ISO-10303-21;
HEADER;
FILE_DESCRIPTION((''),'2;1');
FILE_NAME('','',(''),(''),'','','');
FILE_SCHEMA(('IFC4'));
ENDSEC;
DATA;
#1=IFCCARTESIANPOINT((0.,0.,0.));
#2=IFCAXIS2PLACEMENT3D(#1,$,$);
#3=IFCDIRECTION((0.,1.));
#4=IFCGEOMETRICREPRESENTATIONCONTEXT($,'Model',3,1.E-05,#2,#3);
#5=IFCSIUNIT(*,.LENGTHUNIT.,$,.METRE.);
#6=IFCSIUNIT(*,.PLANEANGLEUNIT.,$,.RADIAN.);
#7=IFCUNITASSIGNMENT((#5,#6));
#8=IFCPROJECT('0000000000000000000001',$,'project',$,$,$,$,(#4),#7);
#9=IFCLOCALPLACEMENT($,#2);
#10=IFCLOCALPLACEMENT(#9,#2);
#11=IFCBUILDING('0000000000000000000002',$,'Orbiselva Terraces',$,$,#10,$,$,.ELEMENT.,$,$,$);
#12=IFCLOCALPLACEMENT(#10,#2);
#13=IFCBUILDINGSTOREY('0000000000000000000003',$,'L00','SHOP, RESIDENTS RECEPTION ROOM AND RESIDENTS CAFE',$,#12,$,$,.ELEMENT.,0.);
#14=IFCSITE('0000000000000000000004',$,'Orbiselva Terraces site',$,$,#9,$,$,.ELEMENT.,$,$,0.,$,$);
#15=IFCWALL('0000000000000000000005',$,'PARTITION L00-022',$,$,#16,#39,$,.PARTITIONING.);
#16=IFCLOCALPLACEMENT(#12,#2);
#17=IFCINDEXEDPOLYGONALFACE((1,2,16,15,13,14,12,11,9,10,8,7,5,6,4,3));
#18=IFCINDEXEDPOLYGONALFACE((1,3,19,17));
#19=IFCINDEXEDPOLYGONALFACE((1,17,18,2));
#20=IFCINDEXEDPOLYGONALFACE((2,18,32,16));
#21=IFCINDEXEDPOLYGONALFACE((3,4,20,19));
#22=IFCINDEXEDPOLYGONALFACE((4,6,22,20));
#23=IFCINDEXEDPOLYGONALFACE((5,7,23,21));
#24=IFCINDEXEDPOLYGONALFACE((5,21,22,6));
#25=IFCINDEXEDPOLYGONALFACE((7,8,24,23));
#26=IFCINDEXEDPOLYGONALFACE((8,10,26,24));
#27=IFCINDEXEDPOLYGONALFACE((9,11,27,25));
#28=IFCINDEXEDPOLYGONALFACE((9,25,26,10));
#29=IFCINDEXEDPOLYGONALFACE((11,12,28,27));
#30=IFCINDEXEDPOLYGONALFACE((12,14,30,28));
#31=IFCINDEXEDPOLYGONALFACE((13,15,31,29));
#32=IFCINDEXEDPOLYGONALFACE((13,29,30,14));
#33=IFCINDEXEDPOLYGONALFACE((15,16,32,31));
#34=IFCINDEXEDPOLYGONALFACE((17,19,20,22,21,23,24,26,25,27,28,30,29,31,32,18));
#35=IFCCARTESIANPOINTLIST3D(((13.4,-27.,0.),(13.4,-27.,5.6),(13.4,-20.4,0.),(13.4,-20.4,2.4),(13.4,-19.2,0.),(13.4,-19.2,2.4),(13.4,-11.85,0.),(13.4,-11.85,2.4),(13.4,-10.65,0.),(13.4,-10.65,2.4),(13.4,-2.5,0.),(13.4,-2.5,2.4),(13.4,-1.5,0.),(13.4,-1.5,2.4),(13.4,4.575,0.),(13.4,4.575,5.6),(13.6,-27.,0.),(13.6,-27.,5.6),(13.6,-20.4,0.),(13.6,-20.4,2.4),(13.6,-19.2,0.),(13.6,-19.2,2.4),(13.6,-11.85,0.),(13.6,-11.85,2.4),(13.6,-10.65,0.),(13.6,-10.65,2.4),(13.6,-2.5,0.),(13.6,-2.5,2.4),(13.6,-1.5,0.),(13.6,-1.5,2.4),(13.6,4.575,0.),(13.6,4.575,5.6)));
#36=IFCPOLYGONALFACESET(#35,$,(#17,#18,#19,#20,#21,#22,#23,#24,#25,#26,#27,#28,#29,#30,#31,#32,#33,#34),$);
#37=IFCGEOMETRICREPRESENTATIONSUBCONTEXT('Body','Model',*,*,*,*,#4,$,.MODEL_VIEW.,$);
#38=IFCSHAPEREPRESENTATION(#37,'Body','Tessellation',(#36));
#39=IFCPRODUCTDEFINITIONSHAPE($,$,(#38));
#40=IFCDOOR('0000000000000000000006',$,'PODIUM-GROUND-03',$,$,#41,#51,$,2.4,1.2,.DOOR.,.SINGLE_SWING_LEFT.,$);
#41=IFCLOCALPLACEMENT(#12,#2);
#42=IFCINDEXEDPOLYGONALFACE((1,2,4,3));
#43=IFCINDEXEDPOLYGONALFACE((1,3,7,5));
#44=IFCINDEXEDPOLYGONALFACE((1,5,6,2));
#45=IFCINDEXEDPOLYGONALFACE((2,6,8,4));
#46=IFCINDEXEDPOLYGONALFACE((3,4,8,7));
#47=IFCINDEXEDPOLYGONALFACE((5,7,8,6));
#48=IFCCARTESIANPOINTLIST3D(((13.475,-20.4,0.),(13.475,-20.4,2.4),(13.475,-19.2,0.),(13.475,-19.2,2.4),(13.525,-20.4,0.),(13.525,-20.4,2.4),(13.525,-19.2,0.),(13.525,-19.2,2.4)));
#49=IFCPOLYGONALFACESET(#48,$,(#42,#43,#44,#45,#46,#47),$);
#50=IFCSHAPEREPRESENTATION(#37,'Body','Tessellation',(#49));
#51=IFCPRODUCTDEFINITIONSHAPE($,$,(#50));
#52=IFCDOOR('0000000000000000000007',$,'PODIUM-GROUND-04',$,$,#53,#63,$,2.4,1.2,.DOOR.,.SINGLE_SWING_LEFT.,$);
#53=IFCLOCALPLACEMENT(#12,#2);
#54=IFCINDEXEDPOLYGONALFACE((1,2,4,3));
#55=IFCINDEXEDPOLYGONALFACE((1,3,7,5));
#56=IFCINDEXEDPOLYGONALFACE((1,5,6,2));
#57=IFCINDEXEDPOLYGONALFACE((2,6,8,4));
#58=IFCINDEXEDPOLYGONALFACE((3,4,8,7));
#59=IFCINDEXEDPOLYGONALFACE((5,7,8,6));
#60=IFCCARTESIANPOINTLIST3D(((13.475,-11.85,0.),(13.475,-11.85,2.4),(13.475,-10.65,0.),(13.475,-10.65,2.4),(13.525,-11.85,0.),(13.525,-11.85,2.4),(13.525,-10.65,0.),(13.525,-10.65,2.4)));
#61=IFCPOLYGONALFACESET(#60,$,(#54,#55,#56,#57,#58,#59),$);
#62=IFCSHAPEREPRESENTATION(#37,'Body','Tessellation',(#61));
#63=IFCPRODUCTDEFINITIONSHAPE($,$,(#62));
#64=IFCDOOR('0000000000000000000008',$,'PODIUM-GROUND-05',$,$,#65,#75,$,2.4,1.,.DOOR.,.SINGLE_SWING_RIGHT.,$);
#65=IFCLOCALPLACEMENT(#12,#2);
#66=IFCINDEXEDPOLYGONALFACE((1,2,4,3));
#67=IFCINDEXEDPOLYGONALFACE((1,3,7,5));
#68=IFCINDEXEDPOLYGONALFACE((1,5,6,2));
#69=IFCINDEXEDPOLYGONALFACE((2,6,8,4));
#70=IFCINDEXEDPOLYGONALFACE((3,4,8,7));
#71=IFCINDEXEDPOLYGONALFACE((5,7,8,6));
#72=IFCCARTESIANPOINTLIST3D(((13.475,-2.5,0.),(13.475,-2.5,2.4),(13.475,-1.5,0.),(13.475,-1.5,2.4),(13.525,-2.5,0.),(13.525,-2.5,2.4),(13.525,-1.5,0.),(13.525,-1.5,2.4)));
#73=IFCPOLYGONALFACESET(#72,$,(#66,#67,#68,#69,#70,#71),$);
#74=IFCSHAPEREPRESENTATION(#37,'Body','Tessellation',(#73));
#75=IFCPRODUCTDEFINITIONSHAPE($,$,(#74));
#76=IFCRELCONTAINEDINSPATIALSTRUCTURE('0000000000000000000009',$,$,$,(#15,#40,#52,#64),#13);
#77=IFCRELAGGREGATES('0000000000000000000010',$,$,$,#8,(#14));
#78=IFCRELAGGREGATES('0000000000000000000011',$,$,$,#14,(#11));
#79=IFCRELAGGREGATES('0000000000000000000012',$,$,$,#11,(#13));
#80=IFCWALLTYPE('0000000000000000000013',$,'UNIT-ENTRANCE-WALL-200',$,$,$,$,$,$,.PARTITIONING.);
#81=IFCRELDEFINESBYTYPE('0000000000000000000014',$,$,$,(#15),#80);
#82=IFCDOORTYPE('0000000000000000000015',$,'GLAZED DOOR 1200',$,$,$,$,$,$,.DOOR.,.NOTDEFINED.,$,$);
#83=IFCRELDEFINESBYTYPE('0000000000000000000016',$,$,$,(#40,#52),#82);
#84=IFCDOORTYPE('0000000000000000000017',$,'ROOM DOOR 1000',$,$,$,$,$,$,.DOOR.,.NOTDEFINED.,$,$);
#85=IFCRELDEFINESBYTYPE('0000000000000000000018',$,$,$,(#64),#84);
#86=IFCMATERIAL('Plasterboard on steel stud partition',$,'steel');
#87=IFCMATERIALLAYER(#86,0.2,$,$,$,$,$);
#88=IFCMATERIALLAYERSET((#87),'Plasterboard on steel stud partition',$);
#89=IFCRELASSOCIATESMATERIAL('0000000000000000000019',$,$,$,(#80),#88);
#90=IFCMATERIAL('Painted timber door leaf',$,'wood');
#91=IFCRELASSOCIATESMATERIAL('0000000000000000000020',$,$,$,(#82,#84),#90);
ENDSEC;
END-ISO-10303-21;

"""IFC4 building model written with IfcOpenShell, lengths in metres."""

from ifc_helpers import new_model, si_unit, direction, frame, frame_2d, origin, place, context, subcontext, project, spatial, rectangle, extrude, material, layer, layer_set, type_object, element, fill, save


model = new_model("IFC4")

# Units and contexts
model_context = context("Model", 3, precision=1e-05, world=origin(), true_north=direction((0.0, 1.0)))
body_context = subcontext(model_context, "Body", "Model", "MODEL_VIEW")
ifc_project = project(units=[si_unit("LENGTHUNIT", "METRE"), si_unit("PLANEANGLEUNIT", "RADIAN")], contexts=[model_context])

# Site, building, storey
site_placement = place(None, origin())
site = spatial("IfcSite", under=ifc_project, at=site_placement, Name="Orbiselva Terraces site", CompositionType="ELEMENT", RefElevation=0.0)
building_placement = place(site_placement, origin())
building = spatial("IfcBuilding", under=site, at=building_placement, Name="Orbiselva Terraces", CompositionType="ELEMENT")
storey_placement = place(building_placement, origin())
storey = spatial("IfcBuildingStorey", under=building, at=storey_placement, Name="L00", Description="SHOP, RESIDENTS RECEPTION ROOM AND RESIDENTS CAFE", CompositionType="ELEMENT", Elevation=0.0)

# Wall, openings, doors
ifc_material_1 = material(Name="Plasterboard on steel stud partition", Category="steel")
ifc_layer_1 = layer(ifc_material_1, 0.2)
ifc_layer_set_1 = layer_set([ifc_layer_1], Name="Plasterboard on steel stud partition")
wall_type_1 = type_object("IfcWallType", Name="UNIT-ENTRANCE-WALL-200", PredefinedType="PARTITIONING", material=ifc_layer_set_1)
wall_1_placement = place(storey_placement, frame((13.5, -27.0, 0.0), z_axis=(0.0, 0.0, 1.0), x_axis=(0.0, 1.0, 0.0)))
wall_1 = element("IfcWall", 1, at=wall_1_placement, inside=storey, type_object=wall_type_1, Name="PARTITION L00-022", PredefinedType="PARTITIONING", context=body_context, shape_type="SweptSolid", body=[
    extrude(rectangle(XDim=31.575, YDim=0.2, at=frame_2d((15.7875, 0.0))), origin(), (0.0, 0.0, 1.0), 5.6),
])
opening_1_placement = place(wall_1_placement, frame((6.6, 0.0, 0.0)))
opening_1 = element("IfcOpeningElement", 2, at=opening_1_placement, cuts=wall_1, PredefinedType="OPENING", context=body_context, shape_type="SweptSolid", body=[
    extrude(rectangle(XDim=1.2, YDim=2.4, at=frame_2d((0.6, 1.2))), frame((0.0, 0.11, 0.0), z_axis=(0.0, -1.0, 0.0), x_axis=(1.0, 0.0, 0.0)), (0.0, 0.0, 1.0), 0.22),
])
opening_2_placement = place(wall_1_placement, frame((15.15, 0.0, 0.0)))
opening_2 = element("IfcOpeningElement", 3, at=opening_2_placement, cuts=wall_1, PredefinedType="OPENING", context=body_context, shape_type="SweptSolid", body=[
    extrude(rectangle(XDim=1.2, YDim=2.4, at=frame_2d((0.6, 1.2))), frame((0.0, 0.11, 0.0), z_axis=(0.0, -1.0, 0.0), x_axis=(1.0, 0.0, 0.0)), (0.0, 0.0, 1.0), 0.22),
])
opening_3_placement = place(wall_1_placement, frame((24.5, 0.0, 0.0)))
opening_3 = element("IfcOpeningElement", 4, at=opening_3_placement, cuts=wall_1, PredefinedType="OPENING", context=body_context, shape_type="SweptSolid", body=[
    extrude(rectangle(XDim=1.0, YDim=2.4, at=frame_2d((0.5, 1.2))), frame((0.0, 0.11, 0.0), z_axis=(0.0, -1.0, 0.0), x_axis=(1.0, 0.0, 0.0)), (0.0, 0.0, 1.0), 0.22),
])
ifc_material_2 = material(Name="Painted timber door leaf", Category="wood")
door_type_1 = type_object("IfcDoorType", Name="GLAZED DOOR 1200", OperationType="NOTDEFINED", PredefinedType="DOOR", material=ifc_material_2)
door_1_placement = place(opening_1_placement, origin())
door_1 = element("IfcDoor", 5, at=door_1_placement, inside=storey, type_object=door_type_1, Name="PODIUM-GROUND-03", OperationType="SINGLE_SWING_LEFT", OverallHeight=2.4, OverallWidth=1.2, PredefinedType="DOOR", context=body_context, shape_type="SweptSolid", body=[
    extrude(rectangle(XDim=1.2, YDim=2.4, at=frame_2d((0.6, 1.2))), frame((0.0, 0.025, 0.0), z_axis=(0.0, -1.0, 0.0), x_axis=(1.0, 0.0, 0.0)), (0.0, 0.0, 1.0), 0.05),
])
fill(opening_1, door_1)
door_2_placement = place(opening_2_placement, origin())
door_2 = element("IfcDoor", 6, at=door_2_placement, inside=storey, type_object=door_type_1, Name="PODIUM-GROUND-04", OperationType="SINGLE_SWING_LEFT", OverallHeight=2.4, OverallWidth=1.2, PredefinedType="DOOR", context=body_context, shape_type="SweptSolid", body=[
    extrude(rectangle(XDim=1.2, YDim=2.4, at=frame_2d((0.6, 1.2))), frame((0.0, 0.025, 0.0), z_axis=(0.0, -1.0, 0.0), x_axis=(1.0, 0.0, 0.0)), (0.0, 0.0, 1.0), 0.05),
])
fill(opening_2, door_2)
door_type_2 = type_object("IfcDoorType", Name="ROOM DOOR 1000", OperationType="NOTDEFINED", PredefinedType="DOOR", material=ifc_material_2)
door_3_placement = place(opening_3_placement, origin())
door_3 = element("IfcDoor", 7, at=door_3_placement, inside=storey, type_object=door_type_2, Name="PODIUM-GROUND-05", OperationType="SINGLE_SWING_RIGHT", OverallHeight=2.4, OverallWidth=1.0, PredefinedType="DOOR", context=body_context, shape_type="SweptSolid", body=[
    extrude(rectangle(XDim=1.0, YDim=2.4, at=frame_2d((0.5, 1.2))), frame((0.0, 0.025, 0.0), z_axis=(0.0, -1.0, 0.0), x_axis=(1.0, 0.0, 0.0)), (0.0, 0.0, 1.0), 0.05),
])
fill(opening_3, door_3)

save(model, "model.ifc")
